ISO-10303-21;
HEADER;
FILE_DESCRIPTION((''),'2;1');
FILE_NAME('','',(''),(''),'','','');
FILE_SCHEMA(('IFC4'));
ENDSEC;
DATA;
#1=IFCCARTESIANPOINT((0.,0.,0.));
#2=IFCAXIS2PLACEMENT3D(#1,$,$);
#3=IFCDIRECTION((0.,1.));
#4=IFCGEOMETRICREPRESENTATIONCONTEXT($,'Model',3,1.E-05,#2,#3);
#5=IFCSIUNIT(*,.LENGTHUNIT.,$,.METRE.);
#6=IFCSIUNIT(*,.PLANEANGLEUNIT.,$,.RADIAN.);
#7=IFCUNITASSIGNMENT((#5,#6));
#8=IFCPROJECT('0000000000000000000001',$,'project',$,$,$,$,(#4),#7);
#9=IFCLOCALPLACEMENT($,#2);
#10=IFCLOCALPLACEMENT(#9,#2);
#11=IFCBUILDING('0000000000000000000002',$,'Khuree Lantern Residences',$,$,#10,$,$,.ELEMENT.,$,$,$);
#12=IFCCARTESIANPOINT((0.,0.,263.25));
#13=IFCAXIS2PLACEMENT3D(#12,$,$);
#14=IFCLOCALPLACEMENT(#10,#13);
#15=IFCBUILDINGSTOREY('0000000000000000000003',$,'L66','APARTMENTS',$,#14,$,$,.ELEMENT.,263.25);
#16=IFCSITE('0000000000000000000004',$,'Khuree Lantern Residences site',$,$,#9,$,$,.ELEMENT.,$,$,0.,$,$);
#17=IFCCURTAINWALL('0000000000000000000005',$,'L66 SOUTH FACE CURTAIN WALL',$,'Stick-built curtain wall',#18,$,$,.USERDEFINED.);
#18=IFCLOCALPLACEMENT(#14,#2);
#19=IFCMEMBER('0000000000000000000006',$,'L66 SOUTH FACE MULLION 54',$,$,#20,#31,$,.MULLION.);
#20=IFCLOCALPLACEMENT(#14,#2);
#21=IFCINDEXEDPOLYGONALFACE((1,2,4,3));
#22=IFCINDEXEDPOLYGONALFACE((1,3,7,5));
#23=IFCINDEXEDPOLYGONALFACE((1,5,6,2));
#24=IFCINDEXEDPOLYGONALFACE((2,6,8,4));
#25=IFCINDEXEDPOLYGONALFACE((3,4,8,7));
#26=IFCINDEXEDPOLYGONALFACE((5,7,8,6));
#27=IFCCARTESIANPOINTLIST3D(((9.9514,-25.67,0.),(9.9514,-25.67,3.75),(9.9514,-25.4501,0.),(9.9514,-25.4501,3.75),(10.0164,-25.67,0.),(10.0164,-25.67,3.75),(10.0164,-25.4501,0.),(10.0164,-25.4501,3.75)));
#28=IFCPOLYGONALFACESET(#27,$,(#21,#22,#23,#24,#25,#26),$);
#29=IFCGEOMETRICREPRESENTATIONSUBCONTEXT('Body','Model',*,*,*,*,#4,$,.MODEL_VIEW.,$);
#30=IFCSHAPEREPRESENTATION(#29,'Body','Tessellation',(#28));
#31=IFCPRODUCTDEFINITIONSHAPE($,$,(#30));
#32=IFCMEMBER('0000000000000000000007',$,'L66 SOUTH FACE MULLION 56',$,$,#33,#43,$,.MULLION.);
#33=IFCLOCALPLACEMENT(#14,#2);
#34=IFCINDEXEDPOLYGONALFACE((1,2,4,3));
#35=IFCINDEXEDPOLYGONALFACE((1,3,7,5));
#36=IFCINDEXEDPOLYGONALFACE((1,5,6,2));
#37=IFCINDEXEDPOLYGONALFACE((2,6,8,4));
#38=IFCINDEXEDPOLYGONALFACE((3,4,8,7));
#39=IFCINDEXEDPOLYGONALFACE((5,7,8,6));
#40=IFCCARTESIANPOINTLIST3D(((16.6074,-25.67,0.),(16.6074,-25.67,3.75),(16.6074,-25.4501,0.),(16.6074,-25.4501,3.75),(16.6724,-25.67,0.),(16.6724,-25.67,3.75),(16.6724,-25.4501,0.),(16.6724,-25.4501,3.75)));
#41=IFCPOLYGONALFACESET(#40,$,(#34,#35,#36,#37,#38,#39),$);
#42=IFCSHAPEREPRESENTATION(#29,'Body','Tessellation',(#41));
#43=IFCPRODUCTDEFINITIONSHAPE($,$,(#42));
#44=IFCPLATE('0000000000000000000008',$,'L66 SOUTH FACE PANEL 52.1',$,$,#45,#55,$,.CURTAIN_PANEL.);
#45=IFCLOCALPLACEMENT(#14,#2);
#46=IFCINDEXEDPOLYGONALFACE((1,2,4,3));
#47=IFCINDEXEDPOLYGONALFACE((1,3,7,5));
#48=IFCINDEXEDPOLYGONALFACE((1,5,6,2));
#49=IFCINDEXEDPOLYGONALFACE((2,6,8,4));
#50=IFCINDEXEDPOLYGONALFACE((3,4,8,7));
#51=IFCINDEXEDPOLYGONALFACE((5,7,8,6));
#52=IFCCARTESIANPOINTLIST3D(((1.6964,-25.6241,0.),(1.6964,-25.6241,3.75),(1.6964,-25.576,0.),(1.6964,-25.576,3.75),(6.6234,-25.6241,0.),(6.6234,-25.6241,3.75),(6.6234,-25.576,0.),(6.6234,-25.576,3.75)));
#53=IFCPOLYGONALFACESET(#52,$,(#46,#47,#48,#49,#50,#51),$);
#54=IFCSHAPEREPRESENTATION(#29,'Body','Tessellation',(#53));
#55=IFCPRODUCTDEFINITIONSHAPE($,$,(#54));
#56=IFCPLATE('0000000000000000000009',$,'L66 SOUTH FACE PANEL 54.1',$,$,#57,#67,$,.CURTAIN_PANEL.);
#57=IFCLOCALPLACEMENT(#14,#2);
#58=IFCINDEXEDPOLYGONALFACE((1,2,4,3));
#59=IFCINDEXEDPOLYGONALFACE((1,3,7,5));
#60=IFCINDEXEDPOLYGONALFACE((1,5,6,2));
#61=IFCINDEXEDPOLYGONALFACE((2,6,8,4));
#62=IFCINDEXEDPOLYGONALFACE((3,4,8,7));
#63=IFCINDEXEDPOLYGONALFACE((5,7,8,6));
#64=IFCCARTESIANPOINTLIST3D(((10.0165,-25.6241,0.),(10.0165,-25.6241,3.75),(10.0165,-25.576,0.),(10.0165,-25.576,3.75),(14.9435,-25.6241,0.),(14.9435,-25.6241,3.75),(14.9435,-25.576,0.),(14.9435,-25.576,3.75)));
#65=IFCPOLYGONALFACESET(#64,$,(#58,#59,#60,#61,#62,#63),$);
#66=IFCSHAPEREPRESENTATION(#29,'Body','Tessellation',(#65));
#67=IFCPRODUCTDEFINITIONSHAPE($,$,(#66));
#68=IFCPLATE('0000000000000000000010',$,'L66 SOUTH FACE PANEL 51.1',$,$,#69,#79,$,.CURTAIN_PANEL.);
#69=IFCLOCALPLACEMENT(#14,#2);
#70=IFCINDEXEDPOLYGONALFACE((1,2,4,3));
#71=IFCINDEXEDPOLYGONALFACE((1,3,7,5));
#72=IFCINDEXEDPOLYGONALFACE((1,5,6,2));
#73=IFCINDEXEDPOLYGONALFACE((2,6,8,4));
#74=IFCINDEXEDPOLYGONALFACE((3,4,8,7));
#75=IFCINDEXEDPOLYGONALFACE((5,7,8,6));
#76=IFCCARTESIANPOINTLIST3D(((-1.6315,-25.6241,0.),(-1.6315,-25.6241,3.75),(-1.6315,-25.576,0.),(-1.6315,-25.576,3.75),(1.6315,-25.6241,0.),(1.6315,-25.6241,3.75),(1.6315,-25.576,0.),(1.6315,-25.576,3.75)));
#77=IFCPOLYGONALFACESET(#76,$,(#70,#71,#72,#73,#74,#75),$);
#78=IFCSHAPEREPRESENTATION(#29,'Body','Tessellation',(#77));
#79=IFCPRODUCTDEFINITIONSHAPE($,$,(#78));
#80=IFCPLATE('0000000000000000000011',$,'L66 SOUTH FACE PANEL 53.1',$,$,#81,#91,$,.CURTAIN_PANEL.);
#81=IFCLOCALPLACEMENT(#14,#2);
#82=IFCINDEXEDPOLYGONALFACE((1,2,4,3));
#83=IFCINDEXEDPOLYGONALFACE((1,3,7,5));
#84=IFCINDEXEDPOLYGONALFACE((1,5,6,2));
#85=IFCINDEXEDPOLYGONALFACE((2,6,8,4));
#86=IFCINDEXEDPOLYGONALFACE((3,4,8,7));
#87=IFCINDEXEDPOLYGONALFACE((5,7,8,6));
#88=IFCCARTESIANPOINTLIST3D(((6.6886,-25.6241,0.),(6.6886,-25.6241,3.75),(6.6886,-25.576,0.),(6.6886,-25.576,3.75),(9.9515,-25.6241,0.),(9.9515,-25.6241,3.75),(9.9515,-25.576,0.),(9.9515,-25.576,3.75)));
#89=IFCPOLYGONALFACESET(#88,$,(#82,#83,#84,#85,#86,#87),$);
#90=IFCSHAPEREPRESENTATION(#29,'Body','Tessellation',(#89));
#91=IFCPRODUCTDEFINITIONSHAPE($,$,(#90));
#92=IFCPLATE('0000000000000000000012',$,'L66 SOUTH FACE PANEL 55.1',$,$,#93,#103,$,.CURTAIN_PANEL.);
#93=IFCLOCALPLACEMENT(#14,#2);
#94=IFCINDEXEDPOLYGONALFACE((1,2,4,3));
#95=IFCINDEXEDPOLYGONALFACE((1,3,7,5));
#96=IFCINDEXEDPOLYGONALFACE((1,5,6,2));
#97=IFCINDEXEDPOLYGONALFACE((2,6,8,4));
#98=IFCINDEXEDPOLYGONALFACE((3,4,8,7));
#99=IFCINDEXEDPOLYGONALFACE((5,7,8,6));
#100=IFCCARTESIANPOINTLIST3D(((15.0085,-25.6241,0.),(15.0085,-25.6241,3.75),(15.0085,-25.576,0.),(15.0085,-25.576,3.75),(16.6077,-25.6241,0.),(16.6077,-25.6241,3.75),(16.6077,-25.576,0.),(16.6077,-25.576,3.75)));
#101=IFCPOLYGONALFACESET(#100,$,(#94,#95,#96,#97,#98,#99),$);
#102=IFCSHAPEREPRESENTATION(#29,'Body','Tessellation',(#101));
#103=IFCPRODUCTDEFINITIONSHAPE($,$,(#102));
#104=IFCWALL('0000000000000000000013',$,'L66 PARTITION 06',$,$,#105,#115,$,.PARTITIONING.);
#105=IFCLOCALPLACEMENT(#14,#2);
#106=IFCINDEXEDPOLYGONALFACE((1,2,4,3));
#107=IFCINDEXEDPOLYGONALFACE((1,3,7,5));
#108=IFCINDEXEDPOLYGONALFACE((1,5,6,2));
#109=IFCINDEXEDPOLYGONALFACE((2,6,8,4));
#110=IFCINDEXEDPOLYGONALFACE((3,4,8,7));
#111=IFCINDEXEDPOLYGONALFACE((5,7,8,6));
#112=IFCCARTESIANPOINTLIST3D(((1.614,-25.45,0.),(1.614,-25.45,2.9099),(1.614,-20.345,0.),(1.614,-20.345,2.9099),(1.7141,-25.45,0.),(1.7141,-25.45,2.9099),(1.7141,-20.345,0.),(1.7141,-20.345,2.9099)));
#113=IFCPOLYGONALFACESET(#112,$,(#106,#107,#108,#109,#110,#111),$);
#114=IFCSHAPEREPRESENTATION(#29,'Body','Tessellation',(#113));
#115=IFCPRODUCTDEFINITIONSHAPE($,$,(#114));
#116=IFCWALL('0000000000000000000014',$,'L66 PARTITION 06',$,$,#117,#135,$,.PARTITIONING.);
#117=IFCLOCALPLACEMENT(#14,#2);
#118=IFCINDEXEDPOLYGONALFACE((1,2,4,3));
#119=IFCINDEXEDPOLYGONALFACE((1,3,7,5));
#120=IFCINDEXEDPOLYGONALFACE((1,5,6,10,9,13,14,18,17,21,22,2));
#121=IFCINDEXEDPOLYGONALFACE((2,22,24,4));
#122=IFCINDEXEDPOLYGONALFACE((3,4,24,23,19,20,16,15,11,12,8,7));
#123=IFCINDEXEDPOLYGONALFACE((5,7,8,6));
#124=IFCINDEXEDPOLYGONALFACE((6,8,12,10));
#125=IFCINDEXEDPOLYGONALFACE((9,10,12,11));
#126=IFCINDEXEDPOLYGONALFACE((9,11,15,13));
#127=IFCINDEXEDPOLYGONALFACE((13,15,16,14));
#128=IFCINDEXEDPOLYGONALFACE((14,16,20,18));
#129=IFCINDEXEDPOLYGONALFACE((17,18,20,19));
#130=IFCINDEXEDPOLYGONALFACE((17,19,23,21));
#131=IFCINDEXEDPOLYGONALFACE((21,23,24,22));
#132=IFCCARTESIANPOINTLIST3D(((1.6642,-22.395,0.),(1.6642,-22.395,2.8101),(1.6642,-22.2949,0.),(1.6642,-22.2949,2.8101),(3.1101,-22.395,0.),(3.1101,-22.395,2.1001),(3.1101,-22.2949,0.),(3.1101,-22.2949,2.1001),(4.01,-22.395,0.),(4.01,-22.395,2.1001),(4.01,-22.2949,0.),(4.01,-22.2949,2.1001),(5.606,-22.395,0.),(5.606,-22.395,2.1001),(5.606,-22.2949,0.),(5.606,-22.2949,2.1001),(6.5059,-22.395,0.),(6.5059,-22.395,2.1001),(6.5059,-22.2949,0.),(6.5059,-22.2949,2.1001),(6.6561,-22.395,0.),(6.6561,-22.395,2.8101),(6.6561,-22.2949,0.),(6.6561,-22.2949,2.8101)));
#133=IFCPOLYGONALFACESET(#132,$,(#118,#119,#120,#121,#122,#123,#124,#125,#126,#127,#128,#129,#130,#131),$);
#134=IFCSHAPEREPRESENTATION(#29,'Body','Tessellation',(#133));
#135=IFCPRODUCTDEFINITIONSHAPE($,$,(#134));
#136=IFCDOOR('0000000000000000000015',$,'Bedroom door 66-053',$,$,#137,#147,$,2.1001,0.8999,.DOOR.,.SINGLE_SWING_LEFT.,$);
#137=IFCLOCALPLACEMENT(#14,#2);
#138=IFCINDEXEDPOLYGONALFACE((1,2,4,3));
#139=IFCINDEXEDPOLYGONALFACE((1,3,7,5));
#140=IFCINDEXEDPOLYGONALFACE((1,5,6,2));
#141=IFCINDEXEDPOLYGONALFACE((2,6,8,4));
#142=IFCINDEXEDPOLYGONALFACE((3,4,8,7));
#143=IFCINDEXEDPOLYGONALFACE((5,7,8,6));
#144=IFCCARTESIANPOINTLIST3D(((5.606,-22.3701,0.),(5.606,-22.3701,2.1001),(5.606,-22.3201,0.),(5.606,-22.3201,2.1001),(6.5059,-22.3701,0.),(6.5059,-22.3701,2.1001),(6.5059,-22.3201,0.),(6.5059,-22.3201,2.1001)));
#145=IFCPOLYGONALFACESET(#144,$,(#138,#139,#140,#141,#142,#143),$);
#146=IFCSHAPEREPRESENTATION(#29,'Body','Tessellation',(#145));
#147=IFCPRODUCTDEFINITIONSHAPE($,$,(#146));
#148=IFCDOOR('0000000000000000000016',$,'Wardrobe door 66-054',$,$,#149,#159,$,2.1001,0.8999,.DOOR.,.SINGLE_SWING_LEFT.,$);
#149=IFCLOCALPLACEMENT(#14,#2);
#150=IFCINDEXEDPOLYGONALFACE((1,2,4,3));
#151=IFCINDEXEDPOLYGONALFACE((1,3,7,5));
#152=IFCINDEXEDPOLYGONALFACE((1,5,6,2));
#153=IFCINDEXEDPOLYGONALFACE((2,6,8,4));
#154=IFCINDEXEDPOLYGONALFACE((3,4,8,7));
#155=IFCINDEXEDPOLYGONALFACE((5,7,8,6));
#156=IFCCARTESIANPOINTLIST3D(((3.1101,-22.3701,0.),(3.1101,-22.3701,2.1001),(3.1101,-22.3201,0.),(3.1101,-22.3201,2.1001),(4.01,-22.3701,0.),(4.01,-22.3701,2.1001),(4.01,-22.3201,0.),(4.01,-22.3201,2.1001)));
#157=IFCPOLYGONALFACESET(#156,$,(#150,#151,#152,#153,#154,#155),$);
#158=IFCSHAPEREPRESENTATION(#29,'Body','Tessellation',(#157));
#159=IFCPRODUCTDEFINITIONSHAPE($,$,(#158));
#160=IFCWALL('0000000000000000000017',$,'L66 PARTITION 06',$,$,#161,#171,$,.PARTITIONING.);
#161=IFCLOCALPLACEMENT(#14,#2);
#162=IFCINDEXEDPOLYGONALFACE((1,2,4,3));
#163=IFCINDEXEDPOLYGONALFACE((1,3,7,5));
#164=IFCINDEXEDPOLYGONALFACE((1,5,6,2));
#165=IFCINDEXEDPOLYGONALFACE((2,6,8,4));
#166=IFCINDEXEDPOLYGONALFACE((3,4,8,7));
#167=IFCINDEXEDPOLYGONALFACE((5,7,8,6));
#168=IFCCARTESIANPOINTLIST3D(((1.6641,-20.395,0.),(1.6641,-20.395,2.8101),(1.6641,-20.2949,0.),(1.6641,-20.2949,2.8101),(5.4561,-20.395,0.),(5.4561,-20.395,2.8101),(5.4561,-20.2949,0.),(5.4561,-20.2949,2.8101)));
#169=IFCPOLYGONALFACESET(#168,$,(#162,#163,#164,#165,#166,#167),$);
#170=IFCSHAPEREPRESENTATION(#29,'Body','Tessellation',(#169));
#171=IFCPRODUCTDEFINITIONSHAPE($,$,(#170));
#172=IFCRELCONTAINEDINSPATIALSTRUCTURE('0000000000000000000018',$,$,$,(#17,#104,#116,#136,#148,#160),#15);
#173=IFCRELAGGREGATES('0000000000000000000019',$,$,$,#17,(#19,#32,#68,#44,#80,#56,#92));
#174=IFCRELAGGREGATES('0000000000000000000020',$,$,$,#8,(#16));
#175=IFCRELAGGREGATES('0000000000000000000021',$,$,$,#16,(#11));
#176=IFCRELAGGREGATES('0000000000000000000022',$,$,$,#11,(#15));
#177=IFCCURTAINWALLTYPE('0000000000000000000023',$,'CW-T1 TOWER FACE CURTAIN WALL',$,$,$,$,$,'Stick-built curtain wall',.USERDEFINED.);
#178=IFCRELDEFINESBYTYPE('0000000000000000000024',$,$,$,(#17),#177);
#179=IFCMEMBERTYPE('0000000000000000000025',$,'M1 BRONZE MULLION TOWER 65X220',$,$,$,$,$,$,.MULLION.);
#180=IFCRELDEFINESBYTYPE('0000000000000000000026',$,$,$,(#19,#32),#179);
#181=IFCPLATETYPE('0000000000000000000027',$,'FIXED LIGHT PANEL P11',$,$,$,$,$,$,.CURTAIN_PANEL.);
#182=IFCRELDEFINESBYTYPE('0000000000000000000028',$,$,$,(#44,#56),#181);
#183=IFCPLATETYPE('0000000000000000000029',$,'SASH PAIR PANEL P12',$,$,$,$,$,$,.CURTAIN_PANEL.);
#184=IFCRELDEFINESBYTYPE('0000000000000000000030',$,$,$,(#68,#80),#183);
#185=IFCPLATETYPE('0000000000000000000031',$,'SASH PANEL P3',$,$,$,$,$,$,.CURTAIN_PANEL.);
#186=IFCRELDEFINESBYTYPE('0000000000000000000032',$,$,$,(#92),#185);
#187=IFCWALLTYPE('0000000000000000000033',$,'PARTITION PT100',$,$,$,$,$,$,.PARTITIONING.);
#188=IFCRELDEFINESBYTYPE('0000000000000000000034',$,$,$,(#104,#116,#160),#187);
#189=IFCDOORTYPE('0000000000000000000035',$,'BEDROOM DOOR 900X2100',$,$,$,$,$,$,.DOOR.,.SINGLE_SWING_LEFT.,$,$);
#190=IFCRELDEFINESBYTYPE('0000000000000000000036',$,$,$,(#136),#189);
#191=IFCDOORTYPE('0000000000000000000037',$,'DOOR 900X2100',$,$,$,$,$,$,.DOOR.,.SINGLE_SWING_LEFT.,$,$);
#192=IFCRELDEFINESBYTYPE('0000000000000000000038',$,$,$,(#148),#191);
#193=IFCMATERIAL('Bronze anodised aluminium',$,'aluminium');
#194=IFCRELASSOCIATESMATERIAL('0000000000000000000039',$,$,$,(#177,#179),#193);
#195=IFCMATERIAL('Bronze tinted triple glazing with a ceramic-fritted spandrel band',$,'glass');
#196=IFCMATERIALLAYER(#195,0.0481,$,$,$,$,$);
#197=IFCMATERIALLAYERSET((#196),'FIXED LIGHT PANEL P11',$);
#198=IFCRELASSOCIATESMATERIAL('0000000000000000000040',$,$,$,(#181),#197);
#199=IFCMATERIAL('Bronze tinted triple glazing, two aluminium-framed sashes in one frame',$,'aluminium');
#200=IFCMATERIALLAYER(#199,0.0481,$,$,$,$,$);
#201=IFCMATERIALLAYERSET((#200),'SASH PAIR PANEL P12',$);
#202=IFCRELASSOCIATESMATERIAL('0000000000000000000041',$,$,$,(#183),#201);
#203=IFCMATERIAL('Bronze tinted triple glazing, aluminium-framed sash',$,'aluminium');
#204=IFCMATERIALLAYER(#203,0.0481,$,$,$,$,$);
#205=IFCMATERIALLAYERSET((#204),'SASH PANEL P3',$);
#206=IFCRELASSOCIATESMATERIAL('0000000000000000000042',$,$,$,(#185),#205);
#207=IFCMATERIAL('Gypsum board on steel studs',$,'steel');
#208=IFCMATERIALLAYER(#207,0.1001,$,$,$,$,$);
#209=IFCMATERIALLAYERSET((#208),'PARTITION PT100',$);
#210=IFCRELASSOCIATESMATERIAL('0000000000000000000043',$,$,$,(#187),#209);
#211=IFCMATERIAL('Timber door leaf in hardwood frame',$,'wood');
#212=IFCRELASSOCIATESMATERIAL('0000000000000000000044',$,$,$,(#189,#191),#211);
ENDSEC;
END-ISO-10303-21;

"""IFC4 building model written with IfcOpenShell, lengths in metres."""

from ifc_helpers import new_model, si_unit, direction, frame, frame_2d, origin, origin_2d, place, context, subcontext, project, spatial, rectangle, extrude, material, layer, layer_set, material_profile, profile_set, type_object, element, fill, aggregate, save


model = new_model("IFC4")

# Units and contexts
model_context = context("Model", 3, precision=1e-05, world=origin(), true_north=direction((0.0, 1.0)))
body_context = subcontext(model_context, "Body", "Model", "MODEL_VIEW")
ifc_project = project(units=[si_unit("LENGTHUNIT", "METRE"), si_unit("PLANEANGLEUNIT", "RADIAN")], contexts=[model_context])

# Site, building, storey
site_placement = place(None, origin())
site = spatial("IfcSite", under=ifc_project, at=site_placement, Name="Khuree Lantern Residences site", CompositionType="ELEMENT", RefElevation=0.0)
building_placement = place(site_placement, origin())
building = spatial("IfcBuilding", under=site, at=building_placement, Name="Khuree Lantern Residences", CompositionType="ELEMENT")
storey_placement = place(building_placement, frame((0.0, 0.0, 263.25)))
storey = spatial("IfcBuildingStorey", under=building, at=storey_placement, Name="L66", Description="APARTMENTS", CompositionType="ELEMENT", Elevation=263.25)

# Curtain wall
ifc_material_1 = material(Name="Bronze anodised aluminium", Category="aluminium")
curtain_wall_type = type_object("IfcCurtainWallType", Name="CW-T1 TOWER FACE CURTAIN WALL", ElementType="Stick-built curtain wall", PredefinedType="USERDEFINED", material=ifc_material_1)
curtain_wall_placement = place(storey_placement, origin())
curtain_wall = element("IfcCurtainWall", 1, at=curtain_wall_placement, inside=storey, type_object=curtain_wall_type, Name="L66 SOUTH FACE CURTAIN WALL", ObjectType="Stick-built curtain wall", PredefinedType="USERDEFINED")

# Members
ifc_material_profile_1 = material_profile(ifc_material_1, rectangle(XDim=0.0649, YDim=0.22, at=origin_2d()), Name="M1 65X220")
ifc_profile_set_1 = profile_set([ifc_material_profile_1], Name="Bronze anodised aluminium")
member_type_1 = type_object("IfcMemberType", Name="M1 BRONZE MULLION TOWER 65X220", PredefinedType="MULLION", material=ifc_profile_set_1)
member_1_placement = place(storey_placement, frame((9.9839, -25.5601, 0.0), z_axis=(0.0, 0.0, 1.0), x_axis=(1.0, 0.0, 0.0)))
member_1 = element("IfcMember", 2, at=member_1_placement, type_object=member_type_1, Name="L66 SOUTH FACE MULLION 54", PredefinedType="MULLION", context=body_context, shape_type="SweptSolid", body=[
    extrude(rectangle(XDim=0.0649, YDim=0.22, at=origin_2d()), origin(), (0.0, 0.0, 1.0), 3.75),
])
member_2_placement = place(storey_placement, frame((16.6399, -25.5601, 0.0), z_axis=(0.0, 0.0, 1.0), x_axis=(1.0, 0.0, 0.0)))
member_2 = element("IfcMember", 3, at=member_2_placement, type_object=member_type_1, Name="L66 SOUTH FACE MULLION 56", PredefinedType="MULLION", context=body_context, shape_type="SweptSolid", body=[
    extrude(rectangle(XDim=0.0649, YDim=0.22, at=origin_2d()), origin(), (0.0, 0.0, 1.0), 3.75),
])

# Plates
ifc_material_2 = material(Name="Bronze tinted triple glazing with a ceramic-fritted spandrel band", Category="glass")
ifc_layer_1 = layer(ifc_material_2, 0.0481)
ifc_layer_set_1 = layer_set([ifc_layer_1], Name="FIXED LIGHT PANEL P11")
plate_type_1 = type_object("IfcPlateType", Name="FIXED LIGHT PANEL P11", PredefinedType="CURTAIN_PANEL", material=ifc_layer_set_1)
plate_1_placement = place(storey_placement, frame((4.1599, -25.6001, 0.0), z_axis=(0.0, 0.0, 1.0), x_axis=(1.0, 0.0, 0.0)))
plate_1 = element("IfcPlate", 4, at=plate_1_placement, type_object=plate_type_1, Name="L66 SOUTH FACE PANEL 52.1", PredefinedType="CURTAIN_PANEL", context=body_context, shape_type="SweptSolid", body=[
    extrude(rectangle(XDim=4.927, YDim=0.0481, at=origin_2d()), origin(), (0.0, 0.0, 1.0), 3.75),
])
plate_2_placement = place(storey_placement, frame((12.48, -25.6001, 0.0), z_axis=(0.0, 0.0, 1.0), x_axis=(1.0, 0.0, 0.0)))
plate_2 = element("IfcPlate", 5, at=plate_2_placement, type_object=plate_type_1, Name="L66 SOUTH FACE PANEL 54.1", PredefinedType="CURTAIN_PANEL", context=body_context, shape_type="SweptSolid", body=[
    extrude(rectangle(XDim=4.927, YDim=0.0481, at=origin_2d()), origin(), (0.0, 0.0, 1.0), 3.75),
])
ifc_material_3 = material(Name="Bronze tinted triple glazing, two aluminium-framed sashes in one frame", Category="aluminium")
ifc_layer_2 = layer(ifc_material_3, 0.0481)
ifc_layer_set_2 = layer_set([ifc_layer_2], Name="SASH PAIR PANEL P12")
plate_type_2 = type_object("IfcPlateType", Name="SASH PAIR PANEL P12", PredefinedType="CURTAIN_PANEL", material=ifc_layer_set_2)
plate_3_placement = place(storey_placement, frame((0.0, -25.6001, 0.0), z_axis=(0.0, 0.0, 1.0), x_axis=(1.0, 0.0, 0.0)))
plate_3 = element("IfcPlate", 6, at=plate_3_placement, type_object=plate_type_2, Name="L66 SOUTH FACE PANEL 51.1", PredefinedType="CURTAIN_PANEL", context=body_context, shape_type="SweptSolid", body=[
    extrude(rectangle(XDim=3.2629, YDim=0.0481, at=origin_2d()), origin(), (0.0, 0.0, 1.0), 3.75),
])
plate_4_placement = place(storey_placement, frame((8.3201, -25.6001, 0.0), z_axis=(0.0, 0.0, 1.0), x_axis=(1.0, 0.0, 0.0)))
plate_4 = element("IfcPlate", 7, at=plate_4_placement, type_object=plate_type_2, Name="L66 SOUTH FACE PANEL 53.1", PredefinedType="CURTAIN_PANEL", context=body_context, shape_type="SweptSolid", body=[
    extrude(rectangle(XDim=3.2629, YDim=0.0481, at=origin_2d()), origin(), (0.0, 0.0, 1.0), 3.75),
])
ifc_material_4 = material(Name="Bronze tinted triple glazing, aluminium-framed sash", Category="aluminium")
ifc_layer_3 = layer(ifc_material_4, 0.0481)
ifc_layer_set_3 = layer_set([ifc_layer_3], Name="SASH PANEL P3")
plate_type_3 = type_object("IfcPlateType", Name="SASH PANEL P3", PredefinedType="CURTAIN_PANEL", material=ifc_layer_set_3)
plate_5_placement = place(storey_placement, frame((15.8081, -25.6001, 0.0), z_axis=(0.0, 0.0, 1.0), x_axis=(1.0, 0.0, 0.0)))
plate_5 = element("IfcPlate", 8, at=plate_5_placement, type_object=plate_type_3, Name="L66 SOUTH FACE PANEL 55.1", PredefinedType="CURTAIN_PANEL", context=body_context, shape_type="SweptSolid", body=[
    extrude(rectangle(XDim=1.5991, YDim=0.0481, at=origin_2d()), origin(), (0.0, 0.0, 1.0), 3.75),
])
aggregate(curtain_wall, [member_1, member_2, plate_3, plate_1, plate_4, plate_2, plate_5])

# Wall
ifc_material_5 = material(Name="Gypsum board on steel studs", Category="steel")
ifc_layer_4 = layer(ifc_material_5, 0.1001)
ifc_layer_set_4 = layer_set([ifc_layer_4], Name="PARTITION PT100")
wall_type = type_object("IfcWallType", Name="PARTITION PT100", PredefinedType="PARTITIONING", material=ifc_layer_set_4)
wall_1_placement = place(storey_placement, frame((1.6641, -20.345, 0.0), z_axis=(0.0, 0.0, 1.0), x_axis=(0.0, -1.0, 0.0)))
element("IfcWall", 9, at=wall_1_placement, inside=storey, type_object=wall_type, Name="L66 PARTITION 06", PredefinedType="PARTITIONING", context=body_context, shape_type="SweptSolid", body=[
    extrude(rectangle(XDim=5.105, YDim=0.1001, at=frame_2d((2.5525, 0.0))), origin(), (0.0, 0.0, 1.0), 2.9099),
])

# Wall, openings, doors
wall_2_placement = place(storey_placement, frame((1.6641, -22.345, 0.0), z_axis=(0.0, 0.0, 1.0), x_axis=(1.0, 0.0, 0.0)))
wall_2 = element("IfcWall", 10, at=wall_2_placement, inside=storey, type_object=wall_type, Name="L66 PARTITION 06", PredefinedType="PARTITIONING", context=body_context, shape_type="SweptSolid", body=[
    extrude(rectangle(XDim=4.9919, YDim=0.1001, at=frame_2d((2.4961, 0.0))), origin(), (0.0, 0.0, 1.0), 2.8101),
])
opening_1_placement = place(wall_2_placement, frame((3.9419, 0.0, 0.0)))
opening_1 = element("IfcOpeningElement", 11, at=opening_1_placement, cuts=wall_2, PredefinedType="OPENING", context=body_context, shape_type="SweptSolid", body=[
    extrude(rectangle(XDim=0.8999, YDim=2.1001, at=frame_2d((0.45, 1.05))), frame((0.0, 0.0601, 0.0), z_axis=(0.0, -1.0, 0.0), x_axis=(1.0, 0.0, 0.0)), (0.0, 0.0, 1.0), 0.1201),
])
opening_2_placement = place(wall_2_placement, frame((1.446, 0.0, 0.0)))
opening_2 = element("IfcOpeningElement", 12, at=opening_2_placement, cuts=wall_2, PredefinedType="OPENING", context=body_context, shape_type="SweptSolid", body=[
    extrude(rectangle(XDim=0.8999, YDim=2.1001, at=frame_2d((0.45, 1.05))), frame((0.0, 0.0601, 0.0), z_axis=(0.0, -1.0, 0.0), x_axis=(1.0, 0.0, 0.0)), (0.0, 0.0, 1.0), 0.1201),
])
ifc_material_6 = material(Name="Timber door leaf in hardwood frame", Category="wood")
door_type_1 = type_object("IfcDoorType", Name="BEDROOM DOOR 900X2100", OperationType="SINGLE_SWING_LEFT", PredefinedType="DOOR", material=ifc_material_6)
door_1_placement = place(opening_1_placement, origin())
door_1 = element("IfcDoor", 13, at=door_1_placement, inside=storey, type_object=door_type_1, Name="Bedroom door 66-053", OperationType="SINGLE_SWING_LEFT", OverallHeight=2.1001, OverallWidth=0.8999, PredefinedType="DOOR", context=body_context, shape_type="SweptSolid", body=[
    extrude(rectangle(XDim=0.8999, YDim=2.1001, at=frame_2d((0.45, 1.05))), frame((0.0, 0.0249, 0.0), z_axis=(0.0, -1.0, 0.0), x_axis=(1.0, 0.0, 0.0)), (0.0, 0.0, 1.0), 0.05),
])
fill(opening_1, door_1)
door_type_2 = type_object("IfcDoorType", Name="DOOR 900X2100", OperationType="SINGLE_SWING_LEFT", PredefinedType="DOOR", material=ifc_material_6)
door_2_placement = place(opening_2_placement, origin())
door_2 = element("IfcDoor", 14, at=door_2_placement, inside=storey, type_object=door_type_2, Name="Wardrobe door 66-054", OperationType="SINGLE_SWING_LEFT", OverallHeight=2.1001, OverallWidth=0.8999, PredefinedType="DOOR", context=body_context, shape_type="SweptSolid", body=[
    extrude(rectangle(XDim=0.8999, YDim=2.1001, at=frame_2d((0.45, 1.05))), frame((0.0, 0.0249, 0.0), z_axis=(0.0, -1.0, 0.0), x_axis=(1.0, 0.0, 0.0)), (0.0, 0.0, 1.0), 0.05),
])
fill(opening_2, door_2)

# Wall
wall_3_placement = place(storey_placement, frame((1.6641, -20.345, 0.0), z_axis=(0.0, 0.0, 1.0), x_axis=(1.0, 0.0, 0.0)))
element("IfcWall", 15, at=wall_3_placement, inside=storey, type_object=wall_type, Name="L66 PARTITION 06", PredefinedType="PARTITIONING", context=body_context, shape_type="SweptSolid", body=[
    extrude(rectangle(XDim=3.792, YDim=0.1001, at=frame_2d((1.896, 0.0))), origin(), (0.0, 0.0, 1.0), 2.8101),
])

save(model, "model.ifc")
